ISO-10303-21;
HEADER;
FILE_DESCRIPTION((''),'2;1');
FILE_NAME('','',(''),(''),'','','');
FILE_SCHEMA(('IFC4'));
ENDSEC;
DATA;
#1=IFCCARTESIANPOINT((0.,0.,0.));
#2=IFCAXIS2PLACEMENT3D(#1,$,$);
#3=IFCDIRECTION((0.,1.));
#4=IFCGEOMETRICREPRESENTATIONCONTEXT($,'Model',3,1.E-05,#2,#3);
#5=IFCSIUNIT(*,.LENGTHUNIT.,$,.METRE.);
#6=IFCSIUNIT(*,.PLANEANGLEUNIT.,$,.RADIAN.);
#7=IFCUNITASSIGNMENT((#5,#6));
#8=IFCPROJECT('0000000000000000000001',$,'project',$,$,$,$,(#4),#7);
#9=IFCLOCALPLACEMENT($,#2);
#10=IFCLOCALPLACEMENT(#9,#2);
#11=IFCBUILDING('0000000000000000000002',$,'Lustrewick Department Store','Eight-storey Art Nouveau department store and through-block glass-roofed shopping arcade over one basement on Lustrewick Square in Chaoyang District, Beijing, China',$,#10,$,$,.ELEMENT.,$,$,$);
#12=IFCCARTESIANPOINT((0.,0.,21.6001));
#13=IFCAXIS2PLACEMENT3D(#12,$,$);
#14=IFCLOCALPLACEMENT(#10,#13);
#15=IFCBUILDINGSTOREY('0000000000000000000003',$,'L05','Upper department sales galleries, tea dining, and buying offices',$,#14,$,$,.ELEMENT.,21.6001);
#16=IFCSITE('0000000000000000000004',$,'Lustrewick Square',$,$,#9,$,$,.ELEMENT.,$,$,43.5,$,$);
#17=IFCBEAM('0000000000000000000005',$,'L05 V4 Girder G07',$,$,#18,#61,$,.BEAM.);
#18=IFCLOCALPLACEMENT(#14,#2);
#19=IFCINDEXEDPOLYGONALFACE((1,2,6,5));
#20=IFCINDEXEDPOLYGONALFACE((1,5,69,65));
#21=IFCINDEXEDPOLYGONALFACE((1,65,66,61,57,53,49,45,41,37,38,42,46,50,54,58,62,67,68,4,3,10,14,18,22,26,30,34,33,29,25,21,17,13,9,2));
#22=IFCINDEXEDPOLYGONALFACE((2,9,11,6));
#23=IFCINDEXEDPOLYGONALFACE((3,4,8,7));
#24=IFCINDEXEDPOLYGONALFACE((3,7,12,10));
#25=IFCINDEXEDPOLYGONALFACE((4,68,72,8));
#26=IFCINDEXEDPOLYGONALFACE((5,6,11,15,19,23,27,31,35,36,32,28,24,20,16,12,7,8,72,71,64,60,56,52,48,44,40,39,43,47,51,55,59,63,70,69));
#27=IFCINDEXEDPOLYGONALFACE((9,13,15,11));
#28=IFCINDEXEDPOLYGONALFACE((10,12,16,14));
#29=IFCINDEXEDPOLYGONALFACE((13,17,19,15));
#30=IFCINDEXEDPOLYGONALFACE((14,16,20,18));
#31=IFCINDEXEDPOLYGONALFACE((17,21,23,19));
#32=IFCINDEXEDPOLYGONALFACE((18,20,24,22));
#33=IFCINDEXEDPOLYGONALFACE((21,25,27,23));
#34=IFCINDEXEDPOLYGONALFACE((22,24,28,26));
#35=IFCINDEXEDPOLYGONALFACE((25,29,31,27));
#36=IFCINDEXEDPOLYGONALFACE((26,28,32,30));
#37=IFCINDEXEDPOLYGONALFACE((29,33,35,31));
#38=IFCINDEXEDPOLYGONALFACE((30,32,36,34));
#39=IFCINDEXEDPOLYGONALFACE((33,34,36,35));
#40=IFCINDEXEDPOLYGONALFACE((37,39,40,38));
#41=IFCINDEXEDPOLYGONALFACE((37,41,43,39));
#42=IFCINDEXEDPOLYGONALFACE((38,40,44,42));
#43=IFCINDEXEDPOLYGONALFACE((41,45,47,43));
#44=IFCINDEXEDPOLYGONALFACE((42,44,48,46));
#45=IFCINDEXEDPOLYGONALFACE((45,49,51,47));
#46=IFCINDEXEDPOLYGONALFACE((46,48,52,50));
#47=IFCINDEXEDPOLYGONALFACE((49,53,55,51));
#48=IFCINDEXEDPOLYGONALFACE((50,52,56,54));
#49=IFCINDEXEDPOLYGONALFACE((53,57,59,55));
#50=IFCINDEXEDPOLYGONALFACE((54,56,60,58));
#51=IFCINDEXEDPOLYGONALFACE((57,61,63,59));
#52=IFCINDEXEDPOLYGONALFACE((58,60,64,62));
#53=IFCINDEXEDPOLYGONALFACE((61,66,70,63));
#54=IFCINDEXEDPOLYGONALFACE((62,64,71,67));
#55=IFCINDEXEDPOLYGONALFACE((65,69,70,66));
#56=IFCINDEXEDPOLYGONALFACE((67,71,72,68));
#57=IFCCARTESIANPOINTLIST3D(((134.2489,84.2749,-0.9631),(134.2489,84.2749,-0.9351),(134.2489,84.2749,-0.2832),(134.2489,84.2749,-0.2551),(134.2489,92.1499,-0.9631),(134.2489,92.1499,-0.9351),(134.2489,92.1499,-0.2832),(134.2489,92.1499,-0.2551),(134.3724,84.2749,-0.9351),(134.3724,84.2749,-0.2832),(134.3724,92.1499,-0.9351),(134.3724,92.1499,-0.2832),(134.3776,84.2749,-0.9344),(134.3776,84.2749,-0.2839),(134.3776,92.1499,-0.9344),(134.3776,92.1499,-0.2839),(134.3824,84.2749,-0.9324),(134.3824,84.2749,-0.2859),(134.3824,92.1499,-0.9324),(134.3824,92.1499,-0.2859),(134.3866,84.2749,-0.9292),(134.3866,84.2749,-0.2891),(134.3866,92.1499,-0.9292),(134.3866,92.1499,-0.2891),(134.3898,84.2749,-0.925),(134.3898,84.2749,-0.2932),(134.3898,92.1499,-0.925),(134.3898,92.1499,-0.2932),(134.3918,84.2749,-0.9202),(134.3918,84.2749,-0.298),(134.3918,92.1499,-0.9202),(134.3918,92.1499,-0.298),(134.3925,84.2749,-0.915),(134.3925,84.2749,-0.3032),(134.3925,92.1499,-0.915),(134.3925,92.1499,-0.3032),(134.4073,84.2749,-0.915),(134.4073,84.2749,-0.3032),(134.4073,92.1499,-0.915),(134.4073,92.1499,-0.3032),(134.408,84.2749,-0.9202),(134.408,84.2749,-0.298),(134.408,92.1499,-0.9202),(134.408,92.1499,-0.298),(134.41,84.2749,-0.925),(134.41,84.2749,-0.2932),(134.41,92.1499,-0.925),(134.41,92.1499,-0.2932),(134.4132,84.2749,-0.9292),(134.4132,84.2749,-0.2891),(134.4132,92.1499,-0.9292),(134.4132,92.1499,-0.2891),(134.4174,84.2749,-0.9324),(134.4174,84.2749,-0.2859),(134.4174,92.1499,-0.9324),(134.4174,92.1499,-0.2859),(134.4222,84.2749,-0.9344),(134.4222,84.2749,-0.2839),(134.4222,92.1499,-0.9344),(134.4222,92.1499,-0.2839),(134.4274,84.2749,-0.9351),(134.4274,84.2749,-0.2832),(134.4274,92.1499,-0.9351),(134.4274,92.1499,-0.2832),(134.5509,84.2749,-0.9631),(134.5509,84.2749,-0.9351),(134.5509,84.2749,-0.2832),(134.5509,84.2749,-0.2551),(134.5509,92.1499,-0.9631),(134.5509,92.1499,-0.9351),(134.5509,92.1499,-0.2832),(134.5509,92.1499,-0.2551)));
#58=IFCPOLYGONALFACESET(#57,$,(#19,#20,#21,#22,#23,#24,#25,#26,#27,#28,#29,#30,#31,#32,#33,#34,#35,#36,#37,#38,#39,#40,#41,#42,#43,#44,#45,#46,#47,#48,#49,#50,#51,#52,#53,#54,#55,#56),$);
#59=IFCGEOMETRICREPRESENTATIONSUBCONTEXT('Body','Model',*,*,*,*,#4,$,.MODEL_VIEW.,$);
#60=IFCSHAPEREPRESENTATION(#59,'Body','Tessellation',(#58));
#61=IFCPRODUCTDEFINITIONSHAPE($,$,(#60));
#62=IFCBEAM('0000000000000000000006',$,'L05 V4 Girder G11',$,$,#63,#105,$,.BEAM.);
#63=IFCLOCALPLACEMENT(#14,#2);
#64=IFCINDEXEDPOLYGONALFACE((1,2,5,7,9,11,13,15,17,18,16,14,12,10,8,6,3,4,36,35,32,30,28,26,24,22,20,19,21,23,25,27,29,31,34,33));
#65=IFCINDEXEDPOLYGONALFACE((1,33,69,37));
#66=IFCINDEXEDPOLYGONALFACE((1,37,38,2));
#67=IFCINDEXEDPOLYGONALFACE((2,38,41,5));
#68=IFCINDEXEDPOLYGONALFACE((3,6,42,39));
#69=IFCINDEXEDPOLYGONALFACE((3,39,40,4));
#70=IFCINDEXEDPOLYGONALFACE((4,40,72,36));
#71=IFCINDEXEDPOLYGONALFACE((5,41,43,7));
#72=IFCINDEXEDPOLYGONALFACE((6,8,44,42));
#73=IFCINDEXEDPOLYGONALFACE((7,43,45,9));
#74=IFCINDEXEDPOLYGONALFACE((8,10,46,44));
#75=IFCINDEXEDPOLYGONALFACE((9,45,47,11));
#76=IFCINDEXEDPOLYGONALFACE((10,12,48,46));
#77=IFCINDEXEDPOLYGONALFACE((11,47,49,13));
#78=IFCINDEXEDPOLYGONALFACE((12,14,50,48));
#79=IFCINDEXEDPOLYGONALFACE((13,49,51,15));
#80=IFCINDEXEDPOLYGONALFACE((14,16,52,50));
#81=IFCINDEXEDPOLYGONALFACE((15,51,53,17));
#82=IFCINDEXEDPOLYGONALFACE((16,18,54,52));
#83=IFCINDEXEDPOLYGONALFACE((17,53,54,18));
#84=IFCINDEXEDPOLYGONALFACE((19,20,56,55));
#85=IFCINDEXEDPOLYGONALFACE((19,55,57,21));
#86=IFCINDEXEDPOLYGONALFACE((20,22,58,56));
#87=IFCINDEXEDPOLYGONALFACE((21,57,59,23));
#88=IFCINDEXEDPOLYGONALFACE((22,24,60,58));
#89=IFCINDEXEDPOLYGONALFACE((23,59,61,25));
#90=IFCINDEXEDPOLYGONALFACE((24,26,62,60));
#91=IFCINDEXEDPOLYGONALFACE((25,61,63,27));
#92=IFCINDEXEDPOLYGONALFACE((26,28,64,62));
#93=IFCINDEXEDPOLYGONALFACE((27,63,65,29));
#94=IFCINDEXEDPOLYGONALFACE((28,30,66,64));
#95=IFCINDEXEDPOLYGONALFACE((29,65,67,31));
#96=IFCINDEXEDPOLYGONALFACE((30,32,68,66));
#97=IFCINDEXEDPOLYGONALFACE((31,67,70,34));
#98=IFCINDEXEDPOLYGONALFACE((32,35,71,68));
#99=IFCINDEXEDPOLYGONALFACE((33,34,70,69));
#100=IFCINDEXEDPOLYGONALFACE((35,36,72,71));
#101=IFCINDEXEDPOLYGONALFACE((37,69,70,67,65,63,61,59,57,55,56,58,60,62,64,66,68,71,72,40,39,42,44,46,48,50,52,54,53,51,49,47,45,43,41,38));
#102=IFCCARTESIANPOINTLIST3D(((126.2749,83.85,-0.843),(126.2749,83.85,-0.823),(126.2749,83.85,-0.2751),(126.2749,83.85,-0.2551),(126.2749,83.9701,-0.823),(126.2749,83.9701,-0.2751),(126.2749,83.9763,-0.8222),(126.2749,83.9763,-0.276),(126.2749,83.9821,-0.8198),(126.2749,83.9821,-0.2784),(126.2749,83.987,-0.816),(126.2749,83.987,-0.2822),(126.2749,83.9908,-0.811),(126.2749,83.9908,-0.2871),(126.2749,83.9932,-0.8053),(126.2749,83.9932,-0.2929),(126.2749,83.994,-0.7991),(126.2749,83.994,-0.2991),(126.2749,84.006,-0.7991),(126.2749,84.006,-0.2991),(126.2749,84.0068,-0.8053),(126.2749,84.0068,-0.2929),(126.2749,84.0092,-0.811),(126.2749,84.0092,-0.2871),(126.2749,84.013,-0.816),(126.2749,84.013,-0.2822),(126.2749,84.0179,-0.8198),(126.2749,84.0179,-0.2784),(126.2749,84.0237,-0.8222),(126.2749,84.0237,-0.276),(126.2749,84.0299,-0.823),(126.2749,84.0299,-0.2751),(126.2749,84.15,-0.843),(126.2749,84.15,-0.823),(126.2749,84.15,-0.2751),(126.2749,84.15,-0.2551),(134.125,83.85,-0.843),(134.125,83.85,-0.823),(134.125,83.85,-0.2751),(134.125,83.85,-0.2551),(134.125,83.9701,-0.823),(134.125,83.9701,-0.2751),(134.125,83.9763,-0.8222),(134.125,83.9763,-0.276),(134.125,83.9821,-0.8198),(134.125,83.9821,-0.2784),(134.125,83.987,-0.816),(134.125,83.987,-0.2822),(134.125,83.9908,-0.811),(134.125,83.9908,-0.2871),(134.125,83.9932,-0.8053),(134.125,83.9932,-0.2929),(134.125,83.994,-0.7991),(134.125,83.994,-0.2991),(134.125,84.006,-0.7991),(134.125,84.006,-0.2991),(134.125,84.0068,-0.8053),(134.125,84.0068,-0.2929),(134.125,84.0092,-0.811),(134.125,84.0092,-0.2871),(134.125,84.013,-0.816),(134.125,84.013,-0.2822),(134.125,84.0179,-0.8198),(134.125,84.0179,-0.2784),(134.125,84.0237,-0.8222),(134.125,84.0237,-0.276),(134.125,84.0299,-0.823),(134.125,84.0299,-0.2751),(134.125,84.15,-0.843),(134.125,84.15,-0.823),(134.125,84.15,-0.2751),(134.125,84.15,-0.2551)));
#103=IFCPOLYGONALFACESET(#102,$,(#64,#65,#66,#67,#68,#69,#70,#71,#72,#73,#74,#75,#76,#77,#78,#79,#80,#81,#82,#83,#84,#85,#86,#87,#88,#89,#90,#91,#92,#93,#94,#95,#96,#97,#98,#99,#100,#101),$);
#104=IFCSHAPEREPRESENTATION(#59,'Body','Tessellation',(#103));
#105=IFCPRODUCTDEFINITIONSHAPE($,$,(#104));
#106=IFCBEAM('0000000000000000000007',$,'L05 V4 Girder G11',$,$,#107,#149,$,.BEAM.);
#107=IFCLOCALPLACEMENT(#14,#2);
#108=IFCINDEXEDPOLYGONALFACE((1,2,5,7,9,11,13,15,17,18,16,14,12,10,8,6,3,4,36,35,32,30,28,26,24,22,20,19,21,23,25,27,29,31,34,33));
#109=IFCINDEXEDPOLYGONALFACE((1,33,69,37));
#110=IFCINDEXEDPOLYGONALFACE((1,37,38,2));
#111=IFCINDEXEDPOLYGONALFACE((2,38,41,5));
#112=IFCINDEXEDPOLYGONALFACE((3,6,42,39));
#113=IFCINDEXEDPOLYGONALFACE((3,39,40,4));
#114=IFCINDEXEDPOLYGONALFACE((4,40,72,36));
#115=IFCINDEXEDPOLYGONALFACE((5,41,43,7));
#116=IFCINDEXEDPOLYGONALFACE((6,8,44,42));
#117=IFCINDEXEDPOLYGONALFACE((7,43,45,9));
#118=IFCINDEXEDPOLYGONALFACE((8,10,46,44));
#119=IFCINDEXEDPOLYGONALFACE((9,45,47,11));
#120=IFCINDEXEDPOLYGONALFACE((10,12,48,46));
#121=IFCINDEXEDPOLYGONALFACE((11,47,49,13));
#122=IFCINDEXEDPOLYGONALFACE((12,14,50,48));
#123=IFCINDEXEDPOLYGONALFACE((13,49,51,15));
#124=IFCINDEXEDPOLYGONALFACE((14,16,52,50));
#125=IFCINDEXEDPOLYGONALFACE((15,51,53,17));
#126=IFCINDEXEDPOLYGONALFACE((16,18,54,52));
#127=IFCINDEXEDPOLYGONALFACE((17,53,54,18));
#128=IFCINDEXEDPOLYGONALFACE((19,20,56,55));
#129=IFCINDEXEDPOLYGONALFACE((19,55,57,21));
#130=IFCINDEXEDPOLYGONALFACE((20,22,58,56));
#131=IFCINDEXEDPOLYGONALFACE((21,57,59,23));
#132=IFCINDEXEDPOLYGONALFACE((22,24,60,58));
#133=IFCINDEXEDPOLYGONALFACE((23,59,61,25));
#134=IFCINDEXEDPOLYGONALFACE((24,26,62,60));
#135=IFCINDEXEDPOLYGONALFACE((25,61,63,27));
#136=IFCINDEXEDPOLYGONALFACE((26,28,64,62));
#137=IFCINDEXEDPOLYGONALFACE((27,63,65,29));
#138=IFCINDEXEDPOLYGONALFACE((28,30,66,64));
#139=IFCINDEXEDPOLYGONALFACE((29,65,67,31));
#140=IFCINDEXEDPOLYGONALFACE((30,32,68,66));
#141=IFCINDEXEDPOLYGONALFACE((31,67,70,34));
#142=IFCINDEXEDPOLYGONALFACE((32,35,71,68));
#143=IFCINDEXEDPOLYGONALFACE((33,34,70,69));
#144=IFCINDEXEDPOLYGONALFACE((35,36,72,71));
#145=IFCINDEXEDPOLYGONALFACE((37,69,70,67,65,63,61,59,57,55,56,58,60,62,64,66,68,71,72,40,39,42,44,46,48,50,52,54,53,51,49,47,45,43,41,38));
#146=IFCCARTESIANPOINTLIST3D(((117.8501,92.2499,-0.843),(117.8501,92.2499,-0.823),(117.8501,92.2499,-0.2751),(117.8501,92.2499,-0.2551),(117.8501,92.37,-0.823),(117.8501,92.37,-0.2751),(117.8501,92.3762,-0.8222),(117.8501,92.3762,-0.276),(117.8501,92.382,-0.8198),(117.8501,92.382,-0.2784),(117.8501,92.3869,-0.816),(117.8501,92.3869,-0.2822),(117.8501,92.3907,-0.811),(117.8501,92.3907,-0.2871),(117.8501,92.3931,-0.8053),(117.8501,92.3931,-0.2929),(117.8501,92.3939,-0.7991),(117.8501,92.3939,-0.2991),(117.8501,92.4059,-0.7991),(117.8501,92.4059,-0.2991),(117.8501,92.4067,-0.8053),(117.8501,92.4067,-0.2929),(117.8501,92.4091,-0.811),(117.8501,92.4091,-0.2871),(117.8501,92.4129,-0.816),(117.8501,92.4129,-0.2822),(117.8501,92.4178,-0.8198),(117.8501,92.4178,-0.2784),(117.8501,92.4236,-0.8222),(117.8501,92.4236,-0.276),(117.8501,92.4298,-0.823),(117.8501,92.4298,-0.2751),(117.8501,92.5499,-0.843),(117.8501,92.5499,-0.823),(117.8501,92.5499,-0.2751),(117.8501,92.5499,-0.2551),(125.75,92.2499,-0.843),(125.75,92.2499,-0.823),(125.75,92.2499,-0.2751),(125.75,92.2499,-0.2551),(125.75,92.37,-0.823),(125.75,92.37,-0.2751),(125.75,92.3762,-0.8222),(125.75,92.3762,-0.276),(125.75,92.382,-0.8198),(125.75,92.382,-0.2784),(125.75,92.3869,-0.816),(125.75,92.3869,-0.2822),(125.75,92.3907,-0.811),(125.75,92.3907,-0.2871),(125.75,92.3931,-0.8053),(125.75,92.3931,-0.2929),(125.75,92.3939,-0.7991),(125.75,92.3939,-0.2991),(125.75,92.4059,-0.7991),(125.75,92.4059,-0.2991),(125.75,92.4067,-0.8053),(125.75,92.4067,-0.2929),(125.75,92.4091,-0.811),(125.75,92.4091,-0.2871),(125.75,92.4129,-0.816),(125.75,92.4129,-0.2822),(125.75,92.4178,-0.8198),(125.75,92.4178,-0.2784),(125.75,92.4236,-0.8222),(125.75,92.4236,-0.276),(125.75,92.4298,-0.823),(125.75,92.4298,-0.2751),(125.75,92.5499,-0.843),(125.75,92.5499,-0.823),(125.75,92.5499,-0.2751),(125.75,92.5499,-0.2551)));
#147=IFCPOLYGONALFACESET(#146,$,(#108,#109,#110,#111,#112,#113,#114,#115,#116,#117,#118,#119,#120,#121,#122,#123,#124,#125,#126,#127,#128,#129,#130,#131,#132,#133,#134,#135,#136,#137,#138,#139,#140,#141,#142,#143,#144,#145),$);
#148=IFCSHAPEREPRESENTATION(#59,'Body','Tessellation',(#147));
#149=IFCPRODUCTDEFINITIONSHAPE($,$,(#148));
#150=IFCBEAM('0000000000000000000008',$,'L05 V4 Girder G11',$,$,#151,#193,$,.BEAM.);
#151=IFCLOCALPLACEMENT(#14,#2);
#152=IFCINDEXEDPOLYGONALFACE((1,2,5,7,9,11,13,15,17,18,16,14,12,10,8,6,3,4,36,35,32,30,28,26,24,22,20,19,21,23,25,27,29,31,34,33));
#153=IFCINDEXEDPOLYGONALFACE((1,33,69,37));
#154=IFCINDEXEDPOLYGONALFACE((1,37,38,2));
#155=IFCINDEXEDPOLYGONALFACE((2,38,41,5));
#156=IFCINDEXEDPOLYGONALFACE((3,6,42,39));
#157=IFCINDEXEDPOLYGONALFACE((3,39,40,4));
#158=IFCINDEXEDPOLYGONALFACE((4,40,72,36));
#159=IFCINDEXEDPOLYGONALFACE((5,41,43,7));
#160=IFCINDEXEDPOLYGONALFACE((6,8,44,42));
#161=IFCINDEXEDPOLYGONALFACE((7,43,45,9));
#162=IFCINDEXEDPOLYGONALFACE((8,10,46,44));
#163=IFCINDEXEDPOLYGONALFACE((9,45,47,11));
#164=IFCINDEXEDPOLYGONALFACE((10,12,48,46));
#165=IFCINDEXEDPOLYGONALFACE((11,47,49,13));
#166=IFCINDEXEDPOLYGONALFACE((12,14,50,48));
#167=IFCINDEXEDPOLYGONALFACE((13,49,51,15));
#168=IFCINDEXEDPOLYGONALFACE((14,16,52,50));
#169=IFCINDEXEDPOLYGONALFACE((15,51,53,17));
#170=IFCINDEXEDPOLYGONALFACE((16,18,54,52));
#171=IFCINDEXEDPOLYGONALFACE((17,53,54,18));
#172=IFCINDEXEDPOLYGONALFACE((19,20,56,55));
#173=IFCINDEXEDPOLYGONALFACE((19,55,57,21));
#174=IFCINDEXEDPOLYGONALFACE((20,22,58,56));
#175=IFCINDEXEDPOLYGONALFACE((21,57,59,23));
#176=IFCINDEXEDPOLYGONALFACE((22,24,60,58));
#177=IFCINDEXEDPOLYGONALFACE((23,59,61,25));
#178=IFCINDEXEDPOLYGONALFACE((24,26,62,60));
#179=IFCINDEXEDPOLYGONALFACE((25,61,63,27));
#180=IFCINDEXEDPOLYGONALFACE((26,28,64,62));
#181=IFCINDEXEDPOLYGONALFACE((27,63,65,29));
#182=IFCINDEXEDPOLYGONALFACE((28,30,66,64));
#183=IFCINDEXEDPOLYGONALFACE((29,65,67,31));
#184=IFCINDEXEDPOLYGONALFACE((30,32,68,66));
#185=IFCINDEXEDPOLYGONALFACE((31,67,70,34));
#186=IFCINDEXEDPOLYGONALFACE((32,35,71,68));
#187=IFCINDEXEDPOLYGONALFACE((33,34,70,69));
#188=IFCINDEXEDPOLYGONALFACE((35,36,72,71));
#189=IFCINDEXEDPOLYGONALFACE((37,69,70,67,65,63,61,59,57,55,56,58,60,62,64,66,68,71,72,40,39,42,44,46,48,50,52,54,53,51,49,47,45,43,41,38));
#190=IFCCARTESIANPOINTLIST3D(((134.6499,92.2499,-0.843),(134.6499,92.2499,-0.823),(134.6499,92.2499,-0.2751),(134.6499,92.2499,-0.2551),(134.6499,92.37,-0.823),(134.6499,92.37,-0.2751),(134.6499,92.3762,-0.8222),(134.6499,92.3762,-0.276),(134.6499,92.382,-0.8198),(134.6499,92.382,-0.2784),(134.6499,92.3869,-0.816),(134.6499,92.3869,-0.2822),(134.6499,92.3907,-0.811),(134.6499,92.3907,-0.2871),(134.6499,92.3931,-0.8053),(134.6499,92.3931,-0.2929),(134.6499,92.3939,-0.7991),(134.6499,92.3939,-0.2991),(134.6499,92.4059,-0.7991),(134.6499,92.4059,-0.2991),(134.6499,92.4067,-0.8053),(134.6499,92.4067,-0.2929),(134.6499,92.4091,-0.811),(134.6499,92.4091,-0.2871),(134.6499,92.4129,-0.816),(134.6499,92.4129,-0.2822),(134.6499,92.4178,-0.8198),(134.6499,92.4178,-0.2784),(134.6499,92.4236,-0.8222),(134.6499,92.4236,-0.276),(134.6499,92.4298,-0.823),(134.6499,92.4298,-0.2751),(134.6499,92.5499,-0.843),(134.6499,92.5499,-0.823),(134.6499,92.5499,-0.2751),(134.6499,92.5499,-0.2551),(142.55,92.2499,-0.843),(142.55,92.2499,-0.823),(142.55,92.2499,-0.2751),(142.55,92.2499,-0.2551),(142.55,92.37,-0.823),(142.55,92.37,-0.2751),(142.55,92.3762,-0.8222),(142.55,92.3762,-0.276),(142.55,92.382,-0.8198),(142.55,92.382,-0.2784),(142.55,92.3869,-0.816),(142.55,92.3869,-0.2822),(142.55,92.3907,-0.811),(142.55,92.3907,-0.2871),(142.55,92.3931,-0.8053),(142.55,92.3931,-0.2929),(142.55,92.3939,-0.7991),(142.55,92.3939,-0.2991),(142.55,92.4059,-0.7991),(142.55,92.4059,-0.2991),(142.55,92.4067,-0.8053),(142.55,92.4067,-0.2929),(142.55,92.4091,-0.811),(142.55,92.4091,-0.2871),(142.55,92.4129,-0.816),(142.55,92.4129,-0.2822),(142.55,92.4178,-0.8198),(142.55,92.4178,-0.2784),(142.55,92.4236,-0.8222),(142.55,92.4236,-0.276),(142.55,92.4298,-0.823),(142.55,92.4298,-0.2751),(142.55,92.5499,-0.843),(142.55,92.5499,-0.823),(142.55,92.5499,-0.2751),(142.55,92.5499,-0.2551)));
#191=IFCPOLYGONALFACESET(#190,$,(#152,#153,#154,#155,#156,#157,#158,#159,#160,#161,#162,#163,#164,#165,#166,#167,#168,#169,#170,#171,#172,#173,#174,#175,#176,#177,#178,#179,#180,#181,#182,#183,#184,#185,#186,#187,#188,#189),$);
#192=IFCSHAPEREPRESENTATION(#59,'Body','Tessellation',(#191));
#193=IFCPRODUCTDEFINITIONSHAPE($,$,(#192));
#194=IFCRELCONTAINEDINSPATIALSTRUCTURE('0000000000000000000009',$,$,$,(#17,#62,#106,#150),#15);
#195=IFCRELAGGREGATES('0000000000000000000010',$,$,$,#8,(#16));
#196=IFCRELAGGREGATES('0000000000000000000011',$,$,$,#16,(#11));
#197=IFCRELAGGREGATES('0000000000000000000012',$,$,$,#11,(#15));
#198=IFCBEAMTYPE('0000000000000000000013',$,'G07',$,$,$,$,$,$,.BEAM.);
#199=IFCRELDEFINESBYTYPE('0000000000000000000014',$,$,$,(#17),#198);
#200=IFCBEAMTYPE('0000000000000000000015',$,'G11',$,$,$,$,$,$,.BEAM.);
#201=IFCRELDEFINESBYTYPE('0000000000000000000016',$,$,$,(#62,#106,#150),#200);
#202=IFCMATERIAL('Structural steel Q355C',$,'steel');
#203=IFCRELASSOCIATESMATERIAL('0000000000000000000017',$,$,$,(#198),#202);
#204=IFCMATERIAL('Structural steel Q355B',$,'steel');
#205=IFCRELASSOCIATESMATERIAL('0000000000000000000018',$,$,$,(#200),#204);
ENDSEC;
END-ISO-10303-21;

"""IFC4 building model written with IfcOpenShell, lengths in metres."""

from ifc_helpers import new_model, si_unit, direction, frame, origin, origin_2d, place, context, subcontext, project, spatial, i_section, extrude, material, material_profile, profile_set, type_object, element, save


model = new_model("IFC4")

# Units and contexts
model_context = context("Model", 3, precision=1e-05, world=origin(), true_north=direction((0.0, 1.0)))
body_context = subcontext(model_context, "Body", "Model", "MODEL_VIEW")
ifc_project = project(units=[si_unit("LENGTHUNIT", "METRE"), si_unit("PLANEANGLEUNIT", "RADIAN")], contexts=[model_context])

# Site, building, storey
site_placement = place(None, origin())
site = spatial("IfcSite", under=ifc_project, at=site_placement, Name="Lustrewick Square", CompositionType="ELEMENT", RefElevation=43.5)
building_placement = place(site_placement, origin())
building = spatial("IfcBuilding", under=site, at=building_placement, Name="Lustrewick Department Store", Description="Eight-storey Art Nouveau department store and through-block glass-roofed shopping arcade over one basement on Lustrewick Square in Chaoyang District, Beijing, China", CompositionType="ELEMENT")
storey_placement = place(building_placement, frame((0.0, 0.0, 21.6001)))
storey = spatial("IfcBuildingStorey", under=building, at=storey_placement, Name="L05", Description="Upper department sales galleries, tea dining, and buying offices", CompositionType="ELEMENT", Elevation=21.6001)

# Shared definitions
ifc_material_1 = material(Name="Structural steel Q355B", Category="steel")

# Beams
ifc_material_2 = material(Name="Structural steel Q355C", Category="steel")
ifc_material_profile_1 = material_profile(ifc_material_2, i_section(OverallWidth=0.302, OverallDepth=0.708, WebThickness=0.0149, FlangeThickness=0.0281, FilletRadius=0.02, at=origin_2d()), Name="HN 708x302x15x28")
ifc_profile_set_1 = profile_set([ifc_material_profile_1], Name="Structural steel Q355C")
beam_type_1 = type_object("IfcBeamType", Name="G07", PredefinedType="BEAM", material=ifc_profile_set_1)
beam_1_placement = place(storey_placement, frame((134.3999, 84.2749, -0.6091), z_axis=(0.0, 1.0, 0.0), x_axis=(-1.0, 0.0, 0.0)))
element("IfcBeam", 1, at=beam_1_placement, inside=storey, type_object=beam_type_1, Name="L05 V4 Girder G07", PredefinedType="BEAM", context=body_context, shape_type="SweptSolid", body=[
    extrude(i_section(OverallWidth=0.302, OverallDepth=0.708, WebThickness=0.0149, FlangeThickness=0.0281, FilletRadius=0.02, at=origin_2d()), origin(), (0.0, 0.0, 1.0), 7.875),
])
ifc_material_profile_2 = material_profile(ifc_material_1, i_section(OverallWidth=0.3, OverallDepth=0.5879, WebThickness=0.012, FlangeThickness=0.02, FilletRadius=0.0239, at=origin_2d()), Name="HM 588x300x12x20")
ifc_profile_set_2 = profile_set([ifc_material_profile_2], Name="Structural steel Q355B")
beam_type_2 = type_object("IfcBeamType", Name="G11", PredefinedType="BEAM", material=ifc_profile_set_2)
beam_2_placement = place(storey_placement, frame((126.2749, 84.0, -0.5491), z_axis=(1.0, 0.0, 0.0), x_axis=(0.0, 1.0, 0.0)))
element("IfcBeam", 2, at=beam_2_placement, inside=storey, type_object=beam_type_2, Name="L05 V4 Girder G11", PredefinedType="BEAM", context=body_context, shape_type="SweptSolid", body=[
    extrude(i_section(OverallWidth=0.3, OverallDepth=0.5879, WebThickness=0.012, FlangeThickness=0.02, FilletRadius=0.0239, at=origin_2d()), origin(), (0.0, 0.0, 1.0), 7.8501),
])
beam_3_placement = place(storey_placement, frame((117.8501, 92.3999, -0.5491), z_axis=(1.0, 0.0, 0.0), x_axis=(0.0, 1.0, 0.0)))
element("IfcBeam", 3, at=beam_3_placement, inside=storey, type_object=beam_type_2, Name="L05 V4 Girder G11", PredefinedType="BEAM", context=body_context, shape_type="SweptSolid", body=[
    extrude(i_section(OverallWidth=0.3, OverallDepth=0.5879, WebThickness=0.012, FlangeThickness=0.02, FilletRadius=0.0239, at=origin_2d()), origin(), (0.0, 0.0, 1.0), 7.8999),
])
beam_4_placement = place(storey_placement, frame((134.6499, 92.3999, -0.5491), z_axis=(1.0, 0.0, 0.0), x_axis=(0.0, 1.0, 0.0)))
element("IfcBeam", 4, at=beam_4_placement, inside=storey, type_object=beam_type_2, Name="L05 V4 Girder G11", PredefinedType="BEAM", context=body_context, shape_type="SweptSolid", body=[
    extrude(i_section(OverallWidth=0.3, OverallDepth=0.5879, WebThickness=0.012, FlangeThickness=0.02, FilletRadius=0.0239, at=origin_2d()), origin(), (0.0, 0.0, 1.0), 7.9001),
])

save(model, "model.ifc")
